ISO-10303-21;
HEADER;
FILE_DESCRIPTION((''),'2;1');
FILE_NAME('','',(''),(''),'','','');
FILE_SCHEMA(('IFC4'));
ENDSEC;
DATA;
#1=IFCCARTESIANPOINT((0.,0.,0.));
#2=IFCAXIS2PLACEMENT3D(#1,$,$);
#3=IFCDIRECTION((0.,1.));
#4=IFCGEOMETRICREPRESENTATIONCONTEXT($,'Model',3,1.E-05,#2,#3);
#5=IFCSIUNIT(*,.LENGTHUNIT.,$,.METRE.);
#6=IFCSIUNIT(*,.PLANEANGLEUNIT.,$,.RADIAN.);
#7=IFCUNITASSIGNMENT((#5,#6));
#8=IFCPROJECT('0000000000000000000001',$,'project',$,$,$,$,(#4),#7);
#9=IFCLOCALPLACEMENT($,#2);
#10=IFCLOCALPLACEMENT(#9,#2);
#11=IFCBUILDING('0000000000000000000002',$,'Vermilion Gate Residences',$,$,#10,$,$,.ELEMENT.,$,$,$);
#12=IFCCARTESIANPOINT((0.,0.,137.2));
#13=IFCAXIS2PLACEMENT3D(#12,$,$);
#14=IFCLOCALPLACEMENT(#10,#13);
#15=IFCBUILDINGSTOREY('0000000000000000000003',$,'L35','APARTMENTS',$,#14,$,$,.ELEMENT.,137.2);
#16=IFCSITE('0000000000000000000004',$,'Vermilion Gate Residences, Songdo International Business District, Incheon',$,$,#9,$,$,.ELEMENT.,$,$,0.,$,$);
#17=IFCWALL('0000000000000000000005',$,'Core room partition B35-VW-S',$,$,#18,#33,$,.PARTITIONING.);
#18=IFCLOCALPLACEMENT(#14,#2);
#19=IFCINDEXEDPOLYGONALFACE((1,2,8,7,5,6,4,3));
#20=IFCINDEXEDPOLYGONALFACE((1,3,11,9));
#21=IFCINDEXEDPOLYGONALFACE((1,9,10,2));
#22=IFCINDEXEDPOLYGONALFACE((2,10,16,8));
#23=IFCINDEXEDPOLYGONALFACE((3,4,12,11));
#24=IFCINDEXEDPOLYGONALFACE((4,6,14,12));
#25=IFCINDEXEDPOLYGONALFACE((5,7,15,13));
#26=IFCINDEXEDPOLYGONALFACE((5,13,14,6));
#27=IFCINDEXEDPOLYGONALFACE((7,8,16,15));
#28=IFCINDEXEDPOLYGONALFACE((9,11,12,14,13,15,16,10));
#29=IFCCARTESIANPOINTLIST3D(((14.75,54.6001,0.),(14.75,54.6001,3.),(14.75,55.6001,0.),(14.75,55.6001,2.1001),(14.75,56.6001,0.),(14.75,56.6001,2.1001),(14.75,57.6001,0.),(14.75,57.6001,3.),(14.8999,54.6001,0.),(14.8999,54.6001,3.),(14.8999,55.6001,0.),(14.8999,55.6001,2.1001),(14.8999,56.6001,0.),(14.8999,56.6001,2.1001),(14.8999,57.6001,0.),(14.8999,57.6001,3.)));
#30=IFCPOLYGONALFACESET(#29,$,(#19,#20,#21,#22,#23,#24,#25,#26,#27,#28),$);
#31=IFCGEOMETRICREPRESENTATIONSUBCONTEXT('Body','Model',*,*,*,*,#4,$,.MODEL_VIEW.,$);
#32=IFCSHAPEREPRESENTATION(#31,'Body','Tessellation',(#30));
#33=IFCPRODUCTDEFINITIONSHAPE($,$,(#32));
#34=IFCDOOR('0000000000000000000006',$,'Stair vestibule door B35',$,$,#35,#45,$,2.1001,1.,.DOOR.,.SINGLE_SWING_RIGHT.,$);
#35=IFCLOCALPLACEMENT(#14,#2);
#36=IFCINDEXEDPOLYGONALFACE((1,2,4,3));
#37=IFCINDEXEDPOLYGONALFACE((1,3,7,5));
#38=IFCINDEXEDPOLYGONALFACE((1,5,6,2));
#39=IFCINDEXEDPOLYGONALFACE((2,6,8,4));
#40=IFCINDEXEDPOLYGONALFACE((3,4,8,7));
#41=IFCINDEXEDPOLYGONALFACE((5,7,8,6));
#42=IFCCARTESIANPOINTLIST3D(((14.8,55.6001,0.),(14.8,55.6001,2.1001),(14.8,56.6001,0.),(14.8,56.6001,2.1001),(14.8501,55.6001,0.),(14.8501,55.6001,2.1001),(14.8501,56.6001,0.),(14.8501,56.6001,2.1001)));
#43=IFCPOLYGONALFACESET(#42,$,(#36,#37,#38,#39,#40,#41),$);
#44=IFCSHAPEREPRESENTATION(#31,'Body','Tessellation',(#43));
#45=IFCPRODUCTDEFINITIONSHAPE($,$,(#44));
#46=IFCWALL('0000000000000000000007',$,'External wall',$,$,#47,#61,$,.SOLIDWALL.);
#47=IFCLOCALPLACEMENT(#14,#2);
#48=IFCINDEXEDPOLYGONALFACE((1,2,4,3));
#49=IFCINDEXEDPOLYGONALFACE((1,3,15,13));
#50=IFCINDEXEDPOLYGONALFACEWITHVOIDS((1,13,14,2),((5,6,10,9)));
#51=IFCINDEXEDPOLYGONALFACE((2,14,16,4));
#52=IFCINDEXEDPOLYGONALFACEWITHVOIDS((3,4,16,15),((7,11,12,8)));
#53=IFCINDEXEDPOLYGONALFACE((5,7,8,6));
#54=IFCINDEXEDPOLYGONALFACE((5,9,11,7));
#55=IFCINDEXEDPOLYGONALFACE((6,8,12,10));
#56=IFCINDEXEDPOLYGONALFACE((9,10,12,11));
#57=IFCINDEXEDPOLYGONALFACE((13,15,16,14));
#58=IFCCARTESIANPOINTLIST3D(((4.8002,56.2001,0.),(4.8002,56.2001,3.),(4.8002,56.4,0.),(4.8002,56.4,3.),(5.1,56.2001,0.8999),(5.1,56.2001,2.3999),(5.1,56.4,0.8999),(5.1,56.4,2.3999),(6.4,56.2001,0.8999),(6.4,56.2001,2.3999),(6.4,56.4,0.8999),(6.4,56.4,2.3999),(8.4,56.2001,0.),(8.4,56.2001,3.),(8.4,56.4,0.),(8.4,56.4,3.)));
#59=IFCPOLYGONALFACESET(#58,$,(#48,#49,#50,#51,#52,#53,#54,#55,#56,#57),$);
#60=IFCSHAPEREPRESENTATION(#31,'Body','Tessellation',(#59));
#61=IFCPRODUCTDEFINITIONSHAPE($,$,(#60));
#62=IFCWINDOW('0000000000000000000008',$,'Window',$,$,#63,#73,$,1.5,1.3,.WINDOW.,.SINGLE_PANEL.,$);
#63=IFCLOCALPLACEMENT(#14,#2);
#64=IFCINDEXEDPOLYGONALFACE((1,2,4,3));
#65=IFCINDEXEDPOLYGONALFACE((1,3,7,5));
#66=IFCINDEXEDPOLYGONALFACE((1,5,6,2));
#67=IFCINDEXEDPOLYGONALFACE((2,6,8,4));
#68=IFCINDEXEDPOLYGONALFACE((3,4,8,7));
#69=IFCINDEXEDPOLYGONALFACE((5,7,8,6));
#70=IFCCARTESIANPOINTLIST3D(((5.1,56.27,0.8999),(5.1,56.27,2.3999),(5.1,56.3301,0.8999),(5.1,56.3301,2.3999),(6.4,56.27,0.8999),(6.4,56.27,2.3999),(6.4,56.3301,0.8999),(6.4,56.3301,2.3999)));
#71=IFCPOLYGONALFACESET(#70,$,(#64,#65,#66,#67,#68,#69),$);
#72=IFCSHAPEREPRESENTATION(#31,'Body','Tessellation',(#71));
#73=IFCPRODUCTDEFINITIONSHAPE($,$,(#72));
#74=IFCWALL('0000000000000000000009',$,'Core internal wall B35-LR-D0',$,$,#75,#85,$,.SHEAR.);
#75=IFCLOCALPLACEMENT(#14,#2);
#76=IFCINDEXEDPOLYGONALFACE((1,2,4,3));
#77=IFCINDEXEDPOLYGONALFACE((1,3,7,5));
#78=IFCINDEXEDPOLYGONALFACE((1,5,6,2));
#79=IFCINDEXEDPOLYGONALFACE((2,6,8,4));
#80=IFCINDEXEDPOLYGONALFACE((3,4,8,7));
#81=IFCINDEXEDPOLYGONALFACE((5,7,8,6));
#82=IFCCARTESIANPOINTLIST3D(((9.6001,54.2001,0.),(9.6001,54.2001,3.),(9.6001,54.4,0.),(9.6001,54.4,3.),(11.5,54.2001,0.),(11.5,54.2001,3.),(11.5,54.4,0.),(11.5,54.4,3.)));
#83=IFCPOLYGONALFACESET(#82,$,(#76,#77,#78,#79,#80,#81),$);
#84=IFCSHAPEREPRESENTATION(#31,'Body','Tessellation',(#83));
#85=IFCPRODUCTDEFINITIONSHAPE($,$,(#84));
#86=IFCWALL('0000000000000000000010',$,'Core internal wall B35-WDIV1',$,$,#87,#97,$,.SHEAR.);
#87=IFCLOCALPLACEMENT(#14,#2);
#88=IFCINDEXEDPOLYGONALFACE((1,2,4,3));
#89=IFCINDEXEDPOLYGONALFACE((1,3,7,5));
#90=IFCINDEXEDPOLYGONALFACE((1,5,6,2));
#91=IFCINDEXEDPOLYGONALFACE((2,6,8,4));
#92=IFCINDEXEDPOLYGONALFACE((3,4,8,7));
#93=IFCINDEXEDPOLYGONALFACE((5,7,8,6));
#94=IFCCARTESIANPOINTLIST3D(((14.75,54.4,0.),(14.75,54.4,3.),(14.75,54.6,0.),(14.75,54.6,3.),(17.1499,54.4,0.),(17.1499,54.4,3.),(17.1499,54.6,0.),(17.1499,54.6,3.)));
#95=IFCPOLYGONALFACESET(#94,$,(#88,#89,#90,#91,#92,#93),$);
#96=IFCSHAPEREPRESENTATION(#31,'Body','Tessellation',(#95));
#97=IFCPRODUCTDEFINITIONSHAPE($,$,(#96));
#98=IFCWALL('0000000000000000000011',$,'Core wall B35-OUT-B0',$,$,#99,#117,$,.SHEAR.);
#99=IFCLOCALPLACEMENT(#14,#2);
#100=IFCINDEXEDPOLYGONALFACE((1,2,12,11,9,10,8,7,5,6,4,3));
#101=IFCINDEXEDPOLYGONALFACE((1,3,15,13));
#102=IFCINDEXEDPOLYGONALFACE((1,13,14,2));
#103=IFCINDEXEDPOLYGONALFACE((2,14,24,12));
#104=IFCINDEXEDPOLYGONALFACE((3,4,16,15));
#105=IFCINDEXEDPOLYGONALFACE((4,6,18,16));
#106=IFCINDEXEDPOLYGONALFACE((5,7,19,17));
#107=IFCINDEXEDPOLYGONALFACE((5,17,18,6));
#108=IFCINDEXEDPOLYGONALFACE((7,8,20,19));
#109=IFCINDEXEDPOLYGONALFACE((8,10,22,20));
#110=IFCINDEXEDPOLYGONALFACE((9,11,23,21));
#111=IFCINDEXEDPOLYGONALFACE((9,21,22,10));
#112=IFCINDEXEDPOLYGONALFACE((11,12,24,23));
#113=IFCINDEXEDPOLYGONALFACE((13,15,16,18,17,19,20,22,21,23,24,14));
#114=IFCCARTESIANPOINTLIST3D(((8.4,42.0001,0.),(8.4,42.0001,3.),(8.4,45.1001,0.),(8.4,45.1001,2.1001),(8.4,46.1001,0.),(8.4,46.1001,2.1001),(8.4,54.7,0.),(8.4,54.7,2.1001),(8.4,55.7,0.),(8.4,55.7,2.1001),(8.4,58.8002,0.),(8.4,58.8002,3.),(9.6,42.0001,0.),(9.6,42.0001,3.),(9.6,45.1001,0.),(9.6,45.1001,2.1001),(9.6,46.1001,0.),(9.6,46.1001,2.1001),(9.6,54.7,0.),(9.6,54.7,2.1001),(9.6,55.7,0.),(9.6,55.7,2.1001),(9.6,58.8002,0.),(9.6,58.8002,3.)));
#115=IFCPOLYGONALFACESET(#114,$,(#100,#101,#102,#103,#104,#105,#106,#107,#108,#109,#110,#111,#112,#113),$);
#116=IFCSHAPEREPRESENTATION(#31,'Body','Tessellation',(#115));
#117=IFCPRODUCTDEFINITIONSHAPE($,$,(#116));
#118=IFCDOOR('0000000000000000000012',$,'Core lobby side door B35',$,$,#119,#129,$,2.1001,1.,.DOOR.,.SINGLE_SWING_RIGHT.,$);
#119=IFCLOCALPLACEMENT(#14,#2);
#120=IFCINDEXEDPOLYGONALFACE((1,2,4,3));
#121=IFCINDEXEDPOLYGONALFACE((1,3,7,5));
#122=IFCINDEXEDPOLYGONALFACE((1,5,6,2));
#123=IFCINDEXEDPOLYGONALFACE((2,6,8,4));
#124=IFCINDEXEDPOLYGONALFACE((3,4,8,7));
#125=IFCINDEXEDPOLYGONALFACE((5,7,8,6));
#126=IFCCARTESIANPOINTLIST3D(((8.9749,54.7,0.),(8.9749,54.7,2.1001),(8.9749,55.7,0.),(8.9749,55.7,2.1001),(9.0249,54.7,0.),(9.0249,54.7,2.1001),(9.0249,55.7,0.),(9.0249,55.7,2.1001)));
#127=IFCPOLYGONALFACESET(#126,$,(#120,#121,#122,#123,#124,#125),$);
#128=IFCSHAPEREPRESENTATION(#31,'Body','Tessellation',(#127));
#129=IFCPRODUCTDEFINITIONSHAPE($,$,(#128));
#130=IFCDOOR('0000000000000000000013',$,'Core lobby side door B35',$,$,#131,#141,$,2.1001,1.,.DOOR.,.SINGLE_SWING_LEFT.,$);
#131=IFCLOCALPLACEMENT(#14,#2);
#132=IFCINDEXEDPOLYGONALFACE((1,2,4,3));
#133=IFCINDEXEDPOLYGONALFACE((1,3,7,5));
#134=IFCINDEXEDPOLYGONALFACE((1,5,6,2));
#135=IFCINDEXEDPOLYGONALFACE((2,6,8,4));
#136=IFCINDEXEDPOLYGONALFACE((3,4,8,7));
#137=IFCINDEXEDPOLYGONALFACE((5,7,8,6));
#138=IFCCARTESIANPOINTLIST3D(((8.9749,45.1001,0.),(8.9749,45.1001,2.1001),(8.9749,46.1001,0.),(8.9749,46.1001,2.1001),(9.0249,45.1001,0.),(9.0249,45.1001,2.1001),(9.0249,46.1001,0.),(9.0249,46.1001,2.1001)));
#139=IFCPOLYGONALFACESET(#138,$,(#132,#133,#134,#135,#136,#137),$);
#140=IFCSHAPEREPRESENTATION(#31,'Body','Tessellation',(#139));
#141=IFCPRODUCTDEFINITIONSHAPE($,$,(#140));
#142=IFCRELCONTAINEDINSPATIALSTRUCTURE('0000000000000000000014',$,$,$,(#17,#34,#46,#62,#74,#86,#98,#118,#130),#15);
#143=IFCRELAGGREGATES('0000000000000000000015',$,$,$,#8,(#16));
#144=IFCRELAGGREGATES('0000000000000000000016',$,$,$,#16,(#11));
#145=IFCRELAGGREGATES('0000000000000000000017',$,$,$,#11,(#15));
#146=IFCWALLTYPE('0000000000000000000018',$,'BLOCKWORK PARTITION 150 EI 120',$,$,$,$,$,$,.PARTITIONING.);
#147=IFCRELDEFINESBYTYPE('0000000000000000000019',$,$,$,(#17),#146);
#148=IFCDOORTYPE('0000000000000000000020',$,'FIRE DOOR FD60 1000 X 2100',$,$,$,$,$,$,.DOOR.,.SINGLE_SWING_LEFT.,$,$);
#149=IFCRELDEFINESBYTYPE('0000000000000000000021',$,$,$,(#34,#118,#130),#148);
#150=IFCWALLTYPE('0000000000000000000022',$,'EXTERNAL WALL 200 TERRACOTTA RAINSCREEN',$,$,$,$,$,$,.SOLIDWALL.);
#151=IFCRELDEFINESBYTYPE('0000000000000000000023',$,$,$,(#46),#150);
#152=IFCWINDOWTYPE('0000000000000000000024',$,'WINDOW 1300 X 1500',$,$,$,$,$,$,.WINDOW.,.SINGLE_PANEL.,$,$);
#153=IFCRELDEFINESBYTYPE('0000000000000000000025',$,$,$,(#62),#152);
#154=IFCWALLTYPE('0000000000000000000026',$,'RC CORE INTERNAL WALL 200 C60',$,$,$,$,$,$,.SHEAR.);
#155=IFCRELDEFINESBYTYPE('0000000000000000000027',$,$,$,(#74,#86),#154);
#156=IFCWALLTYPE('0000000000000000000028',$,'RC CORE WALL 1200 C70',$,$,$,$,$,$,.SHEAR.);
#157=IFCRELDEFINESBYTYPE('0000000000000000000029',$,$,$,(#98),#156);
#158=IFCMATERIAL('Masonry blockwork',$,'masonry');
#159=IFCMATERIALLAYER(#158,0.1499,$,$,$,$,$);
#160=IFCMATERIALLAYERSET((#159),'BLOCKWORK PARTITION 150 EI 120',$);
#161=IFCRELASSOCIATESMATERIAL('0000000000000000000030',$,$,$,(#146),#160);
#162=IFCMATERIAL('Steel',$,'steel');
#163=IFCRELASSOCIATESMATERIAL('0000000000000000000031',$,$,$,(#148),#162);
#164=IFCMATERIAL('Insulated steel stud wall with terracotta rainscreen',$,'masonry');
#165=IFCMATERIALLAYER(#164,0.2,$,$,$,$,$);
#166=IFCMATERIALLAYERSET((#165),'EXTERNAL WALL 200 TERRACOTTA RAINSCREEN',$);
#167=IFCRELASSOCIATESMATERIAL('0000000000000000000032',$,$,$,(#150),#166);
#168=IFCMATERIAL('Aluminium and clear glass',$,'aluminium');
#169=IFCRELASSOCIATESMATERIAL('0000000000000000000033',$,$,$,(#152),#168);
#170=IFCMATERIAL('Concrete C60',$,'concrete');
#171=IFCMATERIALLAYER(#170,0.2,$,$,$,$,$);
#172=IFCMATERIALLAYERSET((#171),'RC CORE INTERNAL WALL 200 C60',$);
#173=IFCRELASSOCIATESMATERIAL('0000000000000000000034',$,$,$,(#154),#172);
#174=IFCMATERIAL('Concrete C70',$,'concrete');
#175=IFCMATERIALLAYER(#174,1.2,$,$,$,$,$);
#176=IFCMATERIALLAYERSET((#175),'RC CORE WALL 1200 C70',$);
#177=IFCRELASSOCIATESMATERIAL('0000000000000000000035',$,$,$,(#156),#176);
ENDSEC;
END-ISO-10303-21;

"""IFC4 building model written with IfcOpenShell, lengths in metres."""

from ifc_helpers import new_model, si_unit, direction, frame, frame_2d, origin, place, context, subcontext, project, spatial, rectangle, extrude, material, layer, layer_set, type_object, element, fill, save


model = new_model("IFC4")

# Units and contexts
model_context = context("Model", 3, precision=1e-05, world=origin(), true_north=direction((0.0, 1.0)))
body_context = subcontext(model_context, "Body", "Model", "MODEL_VIEW")
ifc_project = project(units=[si_unit("LENGTHUNIT", "METRE"), si_unit("PLANEANGLEUNIT", "RADIAN")], contexts=[model_context])

# Site, building, storey
site_placement = place(None, origin())
site = spatial("IfcSite", under=ifc_project, at=site_placement, Name="Vermilion Gate Residences, Songdo International Business District, Incheon", CompositionType="ELEMENT", RefElevation=0.0)
building_placement = place(site_placement, origin())
building = spatial("IfcBuilding", under=site, at=building_placement, Name="Vermilion Gate Residences", CompositionType="ELEMENT")
storey_placement = place(building_placement, frame((0.0, 0.0, 137.2)))
storey = spatial("IfcBuildingStorey", under=building, at=storey_placement, Name="L35", Description="APARTMENTS", CompositionType="ELEMENT", Elevation=137.2)

# Wall, opening, door
ifc_material_1 = material(Name="Masonry blockwork", Category="masonry")
ifc_layer_1 = layer(ifc_material_1, 0.1499)
ifc_layer_set_1 = layer_set([ifc_layer_1], Name="BLOCKWORK PARTITION 150 EI 120")
wall_type_1 = type_object("IfcWallType", Name="BLOCKWORK PARTITION 150 EI 120", PredefinedType="PARTITIONING", material=ifc_layer_set_1)
wall_1_placement = place(storey_placement, frame((14.825, 57.6001, 0.0), z_axis=(0.0, 0.0, 1.0), x_axis=(0.0, -1.0, 0.0)))
wall_1 = element("IfcWall", 1, at=wall_1_placement, inside=storey, type_object=wall_type_1, Name="Core room partition B35-VW-S", PredefinedType="PARTITIONING", context=body_context, shape_type="SweptSolid", body=[
    extrude(rectangle(XDim=3.0, YDim=0.1499, at=frame_2d((1.5, 0.0))), origin(), (0.0, 0.0, 1.0), 3.0),
])
opening_1_placement = place(wall_1_placement, frame((1.0, 0.0, 0.0)))
opening_1 = element("IfcOpeningElement", 2, at=opening_1_placement, cuts=wall_1, PredefinedType="OPENING", context=body_context, shape_type="SweptSolid", body=[
    extrude(rectangle(XDim=1.0, YDim=2.1001, at=frame_2d((0.5, 1.05))), frame((0.0, 0.085, 0.0), z_axis=(0.0, -1.0, 0.0), x_axis=(1.0, 0.0, 0.0)), (0.0, 0.0, 1.0), 0.1699),
])
ifc_material_2 = material(Name="Steel", Category="steel")
door_type_1 = type_object("IfcDoorType", Name="FIRE DOOR FD60 1000 X 2100", OperationType="SINGLE_SWING_LEFT", PredefinedType="DOOR", material=ifc_material_2)
door_1_placement = place(opening_1_placement, frame((1.0, 0.0, 0.0), z_axis=(0.0, 0.0, 1.0), x_axis=(-1.0, 0.0, 0.0)))
door_1 = element("IfcDoor", 3, at=door_1_placement, inside=storey, type_object=door_type_1, Name="Stair vestibule door B35", OperationType="SINGLE_SWING_RIGHT", OverallHeight=2.1001, OverallWidth=1.0, PredefinedType="DOOR", context=body_context, shape_type="SweptSolid", body=[
    extrude(rectangle(XDim=1.0, YDim=2.1001, at=frame_2d((0.5, 1.05))), frame((0.0, 0.0249, 0.0), z_axis=(0.0, -1.0, 0.0), x_axis=(1.0, 0.0, 0.0)), (0.0, 0.0, 1.0), 0.05),
])
fill(opening_1, door_1)

# Wall, opening, window
ifc_material_3 = material(Name="Insulated steel stud wall with terracotta rainscreen", Category="masonry")
ifc_layer_2 = layer(ifc_material_3, 0.2)
ifc_layer_set_2 = layer_set([ifc_layer_2], Name="EXTERNAL WALL 200 TERRACOTTA RAINSCREEN")
wall_type_2 = type_object("IfcWallType", Name="EXTERNAL WALL 200 TERRACOTTA RAINSCREEN", PredefinedType="SOLIDWALL", material=ifc_layer_set_2)
wall_2_placement = place(storey_placement, frame((8.3999, 56.3, 0.0), z_axis=(0.0, 0.0, 1.0), x_axis=(-1.0, 0.0, 0.0)))
wall_2 = element("IfcWall", 4, at=wall_2_placement, inside=storey, type_object=wall_type_2, Name="External wall", PredefinedType="SOLIDWALL", context=body_context, shape_type="SweptSolid", body=[
    extrude(rectangle(XDim=3.5999, YDim=0.2, at=frame_2d((1.7998, 0.0))), origin(), (0.0, 0.0, 1.0), 3.0),
])
opening_2_placement = place(wall_2_placement, frame((2.0, 0.0, 0.8999)))
opening_2 = element("IfcOpeningElement", 5, at=opening_2_placement, cuts=wall_2, PredefinedType="OPENING", context=body_context, shape_type="SweptSolid", body=[
    extrude(rectangle(XDim=1.3, YDim=1.5, at=frame_2d((0.6499, 0.75))), frame((0.0, 0.1099, 0.0), z_axis=(0.0, -1.0, 0.0), x_axis=(1.0, 0.0, 0.0)), (0.0, 0.0, 1.0), 0.22),
])
ifc_material_4 = material(Name="Aluminium and clear glass", Category="aluminium")
window_type_1 = type_object("IfcWindowType", Name="WINDOW 1300 X 1500", PartitioningType="SINGLE_PANEL", PredefinedType="WINDOW", material=ifc_material_4)
window_1_placement = place(opening_2_placement, origin())
window_1 = element("IfcWindow", 6, at=window_1_placement, inside=storey, type_object=window_type_1, Name="Window", OverallHeight=1.5, OverallWidth=1.3, PartitioningType="SINGLE_PANEL", PredefinedType="WINDOW", context=body_context, shape_type="SweptSolid", body=[
    extrude(rectangle(XDim=1.3, YDim=1.5, at=frame_2d((0.6499, 0.75))), frame((0.0, 0.03, 0.0), z_axis=(0.0, -1.0, 0.0), x_axis=(1.0, 0.0, 0.0)), (0.0, 0.0, 1.0), 0.0601),
])
fill(opening_2, window_1)

# Walls
ifc_material_5 = material(Name="Concrete C60", Category="concrete")
ifc_layer_3 = layer(ifc_material_5, 0.2)
ifc_layer_set_3 = layer_set([ifc_layer_3], Name="RC CORE INTERNAL WALL 200 C60")
wall_type_3 = type_object("IfcWallType", Name="RC CORE INTERNAL WALL 200 C60", PredefinedType="SHEAR", material=ifc_layer_set_3)
wall_3_placement = place(storey_placement, frame((9.6001, 54.3, 0.0), z_axis=(0.0, 0.0, 1.0), x_axis=(1.0, 0.0, 0.0)))
element("IfcWall", 7, at=wall_3_placement, inside=storey, type_object=wall_type_3, Name="Core internal wall B35-LR-D0", PredefinedType="SHEAR", context=body_context, shape_type="SweptSolid", body=[
    extrude(rectangle(XDim=1.8999, YDim=0.2, at=frame_2d((0.95, 0.0))), origin(), (0.0, 0.0, 1.0), 3.0),
])
wall_4_placement = place(storey_placement, frame((14.75, 54.5, 0.0), z_axis=(0.0, 0.0, 1.0), x_axis=(1.0, 0.0, 0.0)))
element("IfcWall", 8, at=wall_4_placement, inside=storey, type_object=wall_type_3, Name="Core internal wall B35-WDIV1", PredefinedType="SHEAR", context=body_context, shape_type="SweptSolid", body=[
    extrude(rectangle(XDim=2.3999, YDim=0.2, at=frame_2d((1.2, 0.0))), origin(), (0.0, 0.0, 1.0), 3.0),
])

# Wall, openings, doors
ifc_material_6 = material(Name="Concrete C70", Category="concrete")
ifc_layer_4 = layer(ifc_material_6, 1.2)
ifc_layer_set_4 = layer_set([ifc_layer_4], Name="RC CORE WALL 1200 C70")
wall_type_4 = type_object("IfcWallType", Name="RC CORE WALL 1200 C70", PredefinedType="SHEAR", material=ifc_layer_set_4)
wall_5_placement = place(storey_placement, frame((9.0, 58.8, 0.0), z_axis=(0.0, 0.0, 1.0), x_axis=(0.0, -1.0, 0.0)))
wall_5 = element("IfcWall", 9, at=wall_5_placement, inside=storey, type_object=wall_type_4, Name="Core wall B35-OUT-B0", PredefinedType="SHEAR", context=body_context, shape_type="SweptSolid", body=[
    extrude(rectangle(XDim=16.8, YDim=1.2, at=frame_2d((8.3999, 0.0))), origin(), (0.0, 0.0, 1.0), 3.0),
])
opening_3_placement = place(wall_5_placement, frame((3.1001, 0.0, 0.0)))
opening_3 = element("IfcOpeningElement", 10, at=opening_3_placement, cuts=wall_5, PredefinedType="OPENING", context=body_context, shape_type="SweptSolid", body=[
    extrude(rectangle(XDim=1.0, YDim=2.1001, at=frame_2d((0.5, 1.05))), frame((0.0, 0.6099, 0.0), z_axis=(0.0, -1.0, 0.0), x_axis=(1.0, 0.0, 0.0)), (0.0, 0.0, 1.0), 1.22),
])
opening_4_placement = place(wall_5_placement, frame((12.7, 0.0, 0.0)))
opening_4 = element("IfcOpeningElement", 11, at=opening_4_placement, cuts=wall_5, PredefinedType="OPENING", context=body_context, shape_type="SweptSolid", body=[
    extrude(rectangle(XDim=1.0, YDim=2.1001, at=frame_2d((0.5, 1.05))), frame((0.0, 0.6099, 0.0), z_axis=(0.0, -1.0, 0.0), x_axis=(1.0, 0.0, 0.0)), (0.0, 0.0, 1.0), 1.22),
])
door_2_placement = place(opening_3_placement, origin())
door_2 = element("IfcDoor", 12, at=door_2_placement, inside=storey, type_object=door_type_1, Name="Core lobby side door B35", OperationType="SINGLE_SWING_RIGHT", OverallHeight=2.1001, OverallWidth=1.0, PredefinedType="DOOR", context=body_context, shape_type="SweptSolid", body=[
    extrude(rectangle(XDim=1.0, YDim=2.1001, at=frame_2d((0.5, 1.05))), frame((0.0, 0.0249, 0.0), z_axis=(0.0, -1.0, 0.0), x_axis=(1.0, 0.0, 0.0)), (0.0, 0.0, 1.0), 0.05),
])
fill(opening_3, door_2)
door_3_placement = place(opening_4_placement, origin())
door_3 = element("IfcDoor", 13, at=door_3_placement, inside=storey, type_object=door_type_1, Name="Core lobby side door B35", OperationType="SINGLE_SWING_LEFT", OverallHeight=2.1001, OverallWidth=1.0, PredefinedType="DOOR", context=body_context, shape_type="SweptSolid", body=[
    extrude(rectangle(XDim=1.0, YDim=2.1001, at=frame_2d((0.5, 1.05))), frame((0.0, 0.0249, 0.0), z_axis=(0.0, -1.0, 0.0), x_axis=(1.0, 0.0, 0.0)), (0.0, 0.0, 1.0), 0.05),
])
fill(opening_4, door_3)

save(model, "model.ifc")
